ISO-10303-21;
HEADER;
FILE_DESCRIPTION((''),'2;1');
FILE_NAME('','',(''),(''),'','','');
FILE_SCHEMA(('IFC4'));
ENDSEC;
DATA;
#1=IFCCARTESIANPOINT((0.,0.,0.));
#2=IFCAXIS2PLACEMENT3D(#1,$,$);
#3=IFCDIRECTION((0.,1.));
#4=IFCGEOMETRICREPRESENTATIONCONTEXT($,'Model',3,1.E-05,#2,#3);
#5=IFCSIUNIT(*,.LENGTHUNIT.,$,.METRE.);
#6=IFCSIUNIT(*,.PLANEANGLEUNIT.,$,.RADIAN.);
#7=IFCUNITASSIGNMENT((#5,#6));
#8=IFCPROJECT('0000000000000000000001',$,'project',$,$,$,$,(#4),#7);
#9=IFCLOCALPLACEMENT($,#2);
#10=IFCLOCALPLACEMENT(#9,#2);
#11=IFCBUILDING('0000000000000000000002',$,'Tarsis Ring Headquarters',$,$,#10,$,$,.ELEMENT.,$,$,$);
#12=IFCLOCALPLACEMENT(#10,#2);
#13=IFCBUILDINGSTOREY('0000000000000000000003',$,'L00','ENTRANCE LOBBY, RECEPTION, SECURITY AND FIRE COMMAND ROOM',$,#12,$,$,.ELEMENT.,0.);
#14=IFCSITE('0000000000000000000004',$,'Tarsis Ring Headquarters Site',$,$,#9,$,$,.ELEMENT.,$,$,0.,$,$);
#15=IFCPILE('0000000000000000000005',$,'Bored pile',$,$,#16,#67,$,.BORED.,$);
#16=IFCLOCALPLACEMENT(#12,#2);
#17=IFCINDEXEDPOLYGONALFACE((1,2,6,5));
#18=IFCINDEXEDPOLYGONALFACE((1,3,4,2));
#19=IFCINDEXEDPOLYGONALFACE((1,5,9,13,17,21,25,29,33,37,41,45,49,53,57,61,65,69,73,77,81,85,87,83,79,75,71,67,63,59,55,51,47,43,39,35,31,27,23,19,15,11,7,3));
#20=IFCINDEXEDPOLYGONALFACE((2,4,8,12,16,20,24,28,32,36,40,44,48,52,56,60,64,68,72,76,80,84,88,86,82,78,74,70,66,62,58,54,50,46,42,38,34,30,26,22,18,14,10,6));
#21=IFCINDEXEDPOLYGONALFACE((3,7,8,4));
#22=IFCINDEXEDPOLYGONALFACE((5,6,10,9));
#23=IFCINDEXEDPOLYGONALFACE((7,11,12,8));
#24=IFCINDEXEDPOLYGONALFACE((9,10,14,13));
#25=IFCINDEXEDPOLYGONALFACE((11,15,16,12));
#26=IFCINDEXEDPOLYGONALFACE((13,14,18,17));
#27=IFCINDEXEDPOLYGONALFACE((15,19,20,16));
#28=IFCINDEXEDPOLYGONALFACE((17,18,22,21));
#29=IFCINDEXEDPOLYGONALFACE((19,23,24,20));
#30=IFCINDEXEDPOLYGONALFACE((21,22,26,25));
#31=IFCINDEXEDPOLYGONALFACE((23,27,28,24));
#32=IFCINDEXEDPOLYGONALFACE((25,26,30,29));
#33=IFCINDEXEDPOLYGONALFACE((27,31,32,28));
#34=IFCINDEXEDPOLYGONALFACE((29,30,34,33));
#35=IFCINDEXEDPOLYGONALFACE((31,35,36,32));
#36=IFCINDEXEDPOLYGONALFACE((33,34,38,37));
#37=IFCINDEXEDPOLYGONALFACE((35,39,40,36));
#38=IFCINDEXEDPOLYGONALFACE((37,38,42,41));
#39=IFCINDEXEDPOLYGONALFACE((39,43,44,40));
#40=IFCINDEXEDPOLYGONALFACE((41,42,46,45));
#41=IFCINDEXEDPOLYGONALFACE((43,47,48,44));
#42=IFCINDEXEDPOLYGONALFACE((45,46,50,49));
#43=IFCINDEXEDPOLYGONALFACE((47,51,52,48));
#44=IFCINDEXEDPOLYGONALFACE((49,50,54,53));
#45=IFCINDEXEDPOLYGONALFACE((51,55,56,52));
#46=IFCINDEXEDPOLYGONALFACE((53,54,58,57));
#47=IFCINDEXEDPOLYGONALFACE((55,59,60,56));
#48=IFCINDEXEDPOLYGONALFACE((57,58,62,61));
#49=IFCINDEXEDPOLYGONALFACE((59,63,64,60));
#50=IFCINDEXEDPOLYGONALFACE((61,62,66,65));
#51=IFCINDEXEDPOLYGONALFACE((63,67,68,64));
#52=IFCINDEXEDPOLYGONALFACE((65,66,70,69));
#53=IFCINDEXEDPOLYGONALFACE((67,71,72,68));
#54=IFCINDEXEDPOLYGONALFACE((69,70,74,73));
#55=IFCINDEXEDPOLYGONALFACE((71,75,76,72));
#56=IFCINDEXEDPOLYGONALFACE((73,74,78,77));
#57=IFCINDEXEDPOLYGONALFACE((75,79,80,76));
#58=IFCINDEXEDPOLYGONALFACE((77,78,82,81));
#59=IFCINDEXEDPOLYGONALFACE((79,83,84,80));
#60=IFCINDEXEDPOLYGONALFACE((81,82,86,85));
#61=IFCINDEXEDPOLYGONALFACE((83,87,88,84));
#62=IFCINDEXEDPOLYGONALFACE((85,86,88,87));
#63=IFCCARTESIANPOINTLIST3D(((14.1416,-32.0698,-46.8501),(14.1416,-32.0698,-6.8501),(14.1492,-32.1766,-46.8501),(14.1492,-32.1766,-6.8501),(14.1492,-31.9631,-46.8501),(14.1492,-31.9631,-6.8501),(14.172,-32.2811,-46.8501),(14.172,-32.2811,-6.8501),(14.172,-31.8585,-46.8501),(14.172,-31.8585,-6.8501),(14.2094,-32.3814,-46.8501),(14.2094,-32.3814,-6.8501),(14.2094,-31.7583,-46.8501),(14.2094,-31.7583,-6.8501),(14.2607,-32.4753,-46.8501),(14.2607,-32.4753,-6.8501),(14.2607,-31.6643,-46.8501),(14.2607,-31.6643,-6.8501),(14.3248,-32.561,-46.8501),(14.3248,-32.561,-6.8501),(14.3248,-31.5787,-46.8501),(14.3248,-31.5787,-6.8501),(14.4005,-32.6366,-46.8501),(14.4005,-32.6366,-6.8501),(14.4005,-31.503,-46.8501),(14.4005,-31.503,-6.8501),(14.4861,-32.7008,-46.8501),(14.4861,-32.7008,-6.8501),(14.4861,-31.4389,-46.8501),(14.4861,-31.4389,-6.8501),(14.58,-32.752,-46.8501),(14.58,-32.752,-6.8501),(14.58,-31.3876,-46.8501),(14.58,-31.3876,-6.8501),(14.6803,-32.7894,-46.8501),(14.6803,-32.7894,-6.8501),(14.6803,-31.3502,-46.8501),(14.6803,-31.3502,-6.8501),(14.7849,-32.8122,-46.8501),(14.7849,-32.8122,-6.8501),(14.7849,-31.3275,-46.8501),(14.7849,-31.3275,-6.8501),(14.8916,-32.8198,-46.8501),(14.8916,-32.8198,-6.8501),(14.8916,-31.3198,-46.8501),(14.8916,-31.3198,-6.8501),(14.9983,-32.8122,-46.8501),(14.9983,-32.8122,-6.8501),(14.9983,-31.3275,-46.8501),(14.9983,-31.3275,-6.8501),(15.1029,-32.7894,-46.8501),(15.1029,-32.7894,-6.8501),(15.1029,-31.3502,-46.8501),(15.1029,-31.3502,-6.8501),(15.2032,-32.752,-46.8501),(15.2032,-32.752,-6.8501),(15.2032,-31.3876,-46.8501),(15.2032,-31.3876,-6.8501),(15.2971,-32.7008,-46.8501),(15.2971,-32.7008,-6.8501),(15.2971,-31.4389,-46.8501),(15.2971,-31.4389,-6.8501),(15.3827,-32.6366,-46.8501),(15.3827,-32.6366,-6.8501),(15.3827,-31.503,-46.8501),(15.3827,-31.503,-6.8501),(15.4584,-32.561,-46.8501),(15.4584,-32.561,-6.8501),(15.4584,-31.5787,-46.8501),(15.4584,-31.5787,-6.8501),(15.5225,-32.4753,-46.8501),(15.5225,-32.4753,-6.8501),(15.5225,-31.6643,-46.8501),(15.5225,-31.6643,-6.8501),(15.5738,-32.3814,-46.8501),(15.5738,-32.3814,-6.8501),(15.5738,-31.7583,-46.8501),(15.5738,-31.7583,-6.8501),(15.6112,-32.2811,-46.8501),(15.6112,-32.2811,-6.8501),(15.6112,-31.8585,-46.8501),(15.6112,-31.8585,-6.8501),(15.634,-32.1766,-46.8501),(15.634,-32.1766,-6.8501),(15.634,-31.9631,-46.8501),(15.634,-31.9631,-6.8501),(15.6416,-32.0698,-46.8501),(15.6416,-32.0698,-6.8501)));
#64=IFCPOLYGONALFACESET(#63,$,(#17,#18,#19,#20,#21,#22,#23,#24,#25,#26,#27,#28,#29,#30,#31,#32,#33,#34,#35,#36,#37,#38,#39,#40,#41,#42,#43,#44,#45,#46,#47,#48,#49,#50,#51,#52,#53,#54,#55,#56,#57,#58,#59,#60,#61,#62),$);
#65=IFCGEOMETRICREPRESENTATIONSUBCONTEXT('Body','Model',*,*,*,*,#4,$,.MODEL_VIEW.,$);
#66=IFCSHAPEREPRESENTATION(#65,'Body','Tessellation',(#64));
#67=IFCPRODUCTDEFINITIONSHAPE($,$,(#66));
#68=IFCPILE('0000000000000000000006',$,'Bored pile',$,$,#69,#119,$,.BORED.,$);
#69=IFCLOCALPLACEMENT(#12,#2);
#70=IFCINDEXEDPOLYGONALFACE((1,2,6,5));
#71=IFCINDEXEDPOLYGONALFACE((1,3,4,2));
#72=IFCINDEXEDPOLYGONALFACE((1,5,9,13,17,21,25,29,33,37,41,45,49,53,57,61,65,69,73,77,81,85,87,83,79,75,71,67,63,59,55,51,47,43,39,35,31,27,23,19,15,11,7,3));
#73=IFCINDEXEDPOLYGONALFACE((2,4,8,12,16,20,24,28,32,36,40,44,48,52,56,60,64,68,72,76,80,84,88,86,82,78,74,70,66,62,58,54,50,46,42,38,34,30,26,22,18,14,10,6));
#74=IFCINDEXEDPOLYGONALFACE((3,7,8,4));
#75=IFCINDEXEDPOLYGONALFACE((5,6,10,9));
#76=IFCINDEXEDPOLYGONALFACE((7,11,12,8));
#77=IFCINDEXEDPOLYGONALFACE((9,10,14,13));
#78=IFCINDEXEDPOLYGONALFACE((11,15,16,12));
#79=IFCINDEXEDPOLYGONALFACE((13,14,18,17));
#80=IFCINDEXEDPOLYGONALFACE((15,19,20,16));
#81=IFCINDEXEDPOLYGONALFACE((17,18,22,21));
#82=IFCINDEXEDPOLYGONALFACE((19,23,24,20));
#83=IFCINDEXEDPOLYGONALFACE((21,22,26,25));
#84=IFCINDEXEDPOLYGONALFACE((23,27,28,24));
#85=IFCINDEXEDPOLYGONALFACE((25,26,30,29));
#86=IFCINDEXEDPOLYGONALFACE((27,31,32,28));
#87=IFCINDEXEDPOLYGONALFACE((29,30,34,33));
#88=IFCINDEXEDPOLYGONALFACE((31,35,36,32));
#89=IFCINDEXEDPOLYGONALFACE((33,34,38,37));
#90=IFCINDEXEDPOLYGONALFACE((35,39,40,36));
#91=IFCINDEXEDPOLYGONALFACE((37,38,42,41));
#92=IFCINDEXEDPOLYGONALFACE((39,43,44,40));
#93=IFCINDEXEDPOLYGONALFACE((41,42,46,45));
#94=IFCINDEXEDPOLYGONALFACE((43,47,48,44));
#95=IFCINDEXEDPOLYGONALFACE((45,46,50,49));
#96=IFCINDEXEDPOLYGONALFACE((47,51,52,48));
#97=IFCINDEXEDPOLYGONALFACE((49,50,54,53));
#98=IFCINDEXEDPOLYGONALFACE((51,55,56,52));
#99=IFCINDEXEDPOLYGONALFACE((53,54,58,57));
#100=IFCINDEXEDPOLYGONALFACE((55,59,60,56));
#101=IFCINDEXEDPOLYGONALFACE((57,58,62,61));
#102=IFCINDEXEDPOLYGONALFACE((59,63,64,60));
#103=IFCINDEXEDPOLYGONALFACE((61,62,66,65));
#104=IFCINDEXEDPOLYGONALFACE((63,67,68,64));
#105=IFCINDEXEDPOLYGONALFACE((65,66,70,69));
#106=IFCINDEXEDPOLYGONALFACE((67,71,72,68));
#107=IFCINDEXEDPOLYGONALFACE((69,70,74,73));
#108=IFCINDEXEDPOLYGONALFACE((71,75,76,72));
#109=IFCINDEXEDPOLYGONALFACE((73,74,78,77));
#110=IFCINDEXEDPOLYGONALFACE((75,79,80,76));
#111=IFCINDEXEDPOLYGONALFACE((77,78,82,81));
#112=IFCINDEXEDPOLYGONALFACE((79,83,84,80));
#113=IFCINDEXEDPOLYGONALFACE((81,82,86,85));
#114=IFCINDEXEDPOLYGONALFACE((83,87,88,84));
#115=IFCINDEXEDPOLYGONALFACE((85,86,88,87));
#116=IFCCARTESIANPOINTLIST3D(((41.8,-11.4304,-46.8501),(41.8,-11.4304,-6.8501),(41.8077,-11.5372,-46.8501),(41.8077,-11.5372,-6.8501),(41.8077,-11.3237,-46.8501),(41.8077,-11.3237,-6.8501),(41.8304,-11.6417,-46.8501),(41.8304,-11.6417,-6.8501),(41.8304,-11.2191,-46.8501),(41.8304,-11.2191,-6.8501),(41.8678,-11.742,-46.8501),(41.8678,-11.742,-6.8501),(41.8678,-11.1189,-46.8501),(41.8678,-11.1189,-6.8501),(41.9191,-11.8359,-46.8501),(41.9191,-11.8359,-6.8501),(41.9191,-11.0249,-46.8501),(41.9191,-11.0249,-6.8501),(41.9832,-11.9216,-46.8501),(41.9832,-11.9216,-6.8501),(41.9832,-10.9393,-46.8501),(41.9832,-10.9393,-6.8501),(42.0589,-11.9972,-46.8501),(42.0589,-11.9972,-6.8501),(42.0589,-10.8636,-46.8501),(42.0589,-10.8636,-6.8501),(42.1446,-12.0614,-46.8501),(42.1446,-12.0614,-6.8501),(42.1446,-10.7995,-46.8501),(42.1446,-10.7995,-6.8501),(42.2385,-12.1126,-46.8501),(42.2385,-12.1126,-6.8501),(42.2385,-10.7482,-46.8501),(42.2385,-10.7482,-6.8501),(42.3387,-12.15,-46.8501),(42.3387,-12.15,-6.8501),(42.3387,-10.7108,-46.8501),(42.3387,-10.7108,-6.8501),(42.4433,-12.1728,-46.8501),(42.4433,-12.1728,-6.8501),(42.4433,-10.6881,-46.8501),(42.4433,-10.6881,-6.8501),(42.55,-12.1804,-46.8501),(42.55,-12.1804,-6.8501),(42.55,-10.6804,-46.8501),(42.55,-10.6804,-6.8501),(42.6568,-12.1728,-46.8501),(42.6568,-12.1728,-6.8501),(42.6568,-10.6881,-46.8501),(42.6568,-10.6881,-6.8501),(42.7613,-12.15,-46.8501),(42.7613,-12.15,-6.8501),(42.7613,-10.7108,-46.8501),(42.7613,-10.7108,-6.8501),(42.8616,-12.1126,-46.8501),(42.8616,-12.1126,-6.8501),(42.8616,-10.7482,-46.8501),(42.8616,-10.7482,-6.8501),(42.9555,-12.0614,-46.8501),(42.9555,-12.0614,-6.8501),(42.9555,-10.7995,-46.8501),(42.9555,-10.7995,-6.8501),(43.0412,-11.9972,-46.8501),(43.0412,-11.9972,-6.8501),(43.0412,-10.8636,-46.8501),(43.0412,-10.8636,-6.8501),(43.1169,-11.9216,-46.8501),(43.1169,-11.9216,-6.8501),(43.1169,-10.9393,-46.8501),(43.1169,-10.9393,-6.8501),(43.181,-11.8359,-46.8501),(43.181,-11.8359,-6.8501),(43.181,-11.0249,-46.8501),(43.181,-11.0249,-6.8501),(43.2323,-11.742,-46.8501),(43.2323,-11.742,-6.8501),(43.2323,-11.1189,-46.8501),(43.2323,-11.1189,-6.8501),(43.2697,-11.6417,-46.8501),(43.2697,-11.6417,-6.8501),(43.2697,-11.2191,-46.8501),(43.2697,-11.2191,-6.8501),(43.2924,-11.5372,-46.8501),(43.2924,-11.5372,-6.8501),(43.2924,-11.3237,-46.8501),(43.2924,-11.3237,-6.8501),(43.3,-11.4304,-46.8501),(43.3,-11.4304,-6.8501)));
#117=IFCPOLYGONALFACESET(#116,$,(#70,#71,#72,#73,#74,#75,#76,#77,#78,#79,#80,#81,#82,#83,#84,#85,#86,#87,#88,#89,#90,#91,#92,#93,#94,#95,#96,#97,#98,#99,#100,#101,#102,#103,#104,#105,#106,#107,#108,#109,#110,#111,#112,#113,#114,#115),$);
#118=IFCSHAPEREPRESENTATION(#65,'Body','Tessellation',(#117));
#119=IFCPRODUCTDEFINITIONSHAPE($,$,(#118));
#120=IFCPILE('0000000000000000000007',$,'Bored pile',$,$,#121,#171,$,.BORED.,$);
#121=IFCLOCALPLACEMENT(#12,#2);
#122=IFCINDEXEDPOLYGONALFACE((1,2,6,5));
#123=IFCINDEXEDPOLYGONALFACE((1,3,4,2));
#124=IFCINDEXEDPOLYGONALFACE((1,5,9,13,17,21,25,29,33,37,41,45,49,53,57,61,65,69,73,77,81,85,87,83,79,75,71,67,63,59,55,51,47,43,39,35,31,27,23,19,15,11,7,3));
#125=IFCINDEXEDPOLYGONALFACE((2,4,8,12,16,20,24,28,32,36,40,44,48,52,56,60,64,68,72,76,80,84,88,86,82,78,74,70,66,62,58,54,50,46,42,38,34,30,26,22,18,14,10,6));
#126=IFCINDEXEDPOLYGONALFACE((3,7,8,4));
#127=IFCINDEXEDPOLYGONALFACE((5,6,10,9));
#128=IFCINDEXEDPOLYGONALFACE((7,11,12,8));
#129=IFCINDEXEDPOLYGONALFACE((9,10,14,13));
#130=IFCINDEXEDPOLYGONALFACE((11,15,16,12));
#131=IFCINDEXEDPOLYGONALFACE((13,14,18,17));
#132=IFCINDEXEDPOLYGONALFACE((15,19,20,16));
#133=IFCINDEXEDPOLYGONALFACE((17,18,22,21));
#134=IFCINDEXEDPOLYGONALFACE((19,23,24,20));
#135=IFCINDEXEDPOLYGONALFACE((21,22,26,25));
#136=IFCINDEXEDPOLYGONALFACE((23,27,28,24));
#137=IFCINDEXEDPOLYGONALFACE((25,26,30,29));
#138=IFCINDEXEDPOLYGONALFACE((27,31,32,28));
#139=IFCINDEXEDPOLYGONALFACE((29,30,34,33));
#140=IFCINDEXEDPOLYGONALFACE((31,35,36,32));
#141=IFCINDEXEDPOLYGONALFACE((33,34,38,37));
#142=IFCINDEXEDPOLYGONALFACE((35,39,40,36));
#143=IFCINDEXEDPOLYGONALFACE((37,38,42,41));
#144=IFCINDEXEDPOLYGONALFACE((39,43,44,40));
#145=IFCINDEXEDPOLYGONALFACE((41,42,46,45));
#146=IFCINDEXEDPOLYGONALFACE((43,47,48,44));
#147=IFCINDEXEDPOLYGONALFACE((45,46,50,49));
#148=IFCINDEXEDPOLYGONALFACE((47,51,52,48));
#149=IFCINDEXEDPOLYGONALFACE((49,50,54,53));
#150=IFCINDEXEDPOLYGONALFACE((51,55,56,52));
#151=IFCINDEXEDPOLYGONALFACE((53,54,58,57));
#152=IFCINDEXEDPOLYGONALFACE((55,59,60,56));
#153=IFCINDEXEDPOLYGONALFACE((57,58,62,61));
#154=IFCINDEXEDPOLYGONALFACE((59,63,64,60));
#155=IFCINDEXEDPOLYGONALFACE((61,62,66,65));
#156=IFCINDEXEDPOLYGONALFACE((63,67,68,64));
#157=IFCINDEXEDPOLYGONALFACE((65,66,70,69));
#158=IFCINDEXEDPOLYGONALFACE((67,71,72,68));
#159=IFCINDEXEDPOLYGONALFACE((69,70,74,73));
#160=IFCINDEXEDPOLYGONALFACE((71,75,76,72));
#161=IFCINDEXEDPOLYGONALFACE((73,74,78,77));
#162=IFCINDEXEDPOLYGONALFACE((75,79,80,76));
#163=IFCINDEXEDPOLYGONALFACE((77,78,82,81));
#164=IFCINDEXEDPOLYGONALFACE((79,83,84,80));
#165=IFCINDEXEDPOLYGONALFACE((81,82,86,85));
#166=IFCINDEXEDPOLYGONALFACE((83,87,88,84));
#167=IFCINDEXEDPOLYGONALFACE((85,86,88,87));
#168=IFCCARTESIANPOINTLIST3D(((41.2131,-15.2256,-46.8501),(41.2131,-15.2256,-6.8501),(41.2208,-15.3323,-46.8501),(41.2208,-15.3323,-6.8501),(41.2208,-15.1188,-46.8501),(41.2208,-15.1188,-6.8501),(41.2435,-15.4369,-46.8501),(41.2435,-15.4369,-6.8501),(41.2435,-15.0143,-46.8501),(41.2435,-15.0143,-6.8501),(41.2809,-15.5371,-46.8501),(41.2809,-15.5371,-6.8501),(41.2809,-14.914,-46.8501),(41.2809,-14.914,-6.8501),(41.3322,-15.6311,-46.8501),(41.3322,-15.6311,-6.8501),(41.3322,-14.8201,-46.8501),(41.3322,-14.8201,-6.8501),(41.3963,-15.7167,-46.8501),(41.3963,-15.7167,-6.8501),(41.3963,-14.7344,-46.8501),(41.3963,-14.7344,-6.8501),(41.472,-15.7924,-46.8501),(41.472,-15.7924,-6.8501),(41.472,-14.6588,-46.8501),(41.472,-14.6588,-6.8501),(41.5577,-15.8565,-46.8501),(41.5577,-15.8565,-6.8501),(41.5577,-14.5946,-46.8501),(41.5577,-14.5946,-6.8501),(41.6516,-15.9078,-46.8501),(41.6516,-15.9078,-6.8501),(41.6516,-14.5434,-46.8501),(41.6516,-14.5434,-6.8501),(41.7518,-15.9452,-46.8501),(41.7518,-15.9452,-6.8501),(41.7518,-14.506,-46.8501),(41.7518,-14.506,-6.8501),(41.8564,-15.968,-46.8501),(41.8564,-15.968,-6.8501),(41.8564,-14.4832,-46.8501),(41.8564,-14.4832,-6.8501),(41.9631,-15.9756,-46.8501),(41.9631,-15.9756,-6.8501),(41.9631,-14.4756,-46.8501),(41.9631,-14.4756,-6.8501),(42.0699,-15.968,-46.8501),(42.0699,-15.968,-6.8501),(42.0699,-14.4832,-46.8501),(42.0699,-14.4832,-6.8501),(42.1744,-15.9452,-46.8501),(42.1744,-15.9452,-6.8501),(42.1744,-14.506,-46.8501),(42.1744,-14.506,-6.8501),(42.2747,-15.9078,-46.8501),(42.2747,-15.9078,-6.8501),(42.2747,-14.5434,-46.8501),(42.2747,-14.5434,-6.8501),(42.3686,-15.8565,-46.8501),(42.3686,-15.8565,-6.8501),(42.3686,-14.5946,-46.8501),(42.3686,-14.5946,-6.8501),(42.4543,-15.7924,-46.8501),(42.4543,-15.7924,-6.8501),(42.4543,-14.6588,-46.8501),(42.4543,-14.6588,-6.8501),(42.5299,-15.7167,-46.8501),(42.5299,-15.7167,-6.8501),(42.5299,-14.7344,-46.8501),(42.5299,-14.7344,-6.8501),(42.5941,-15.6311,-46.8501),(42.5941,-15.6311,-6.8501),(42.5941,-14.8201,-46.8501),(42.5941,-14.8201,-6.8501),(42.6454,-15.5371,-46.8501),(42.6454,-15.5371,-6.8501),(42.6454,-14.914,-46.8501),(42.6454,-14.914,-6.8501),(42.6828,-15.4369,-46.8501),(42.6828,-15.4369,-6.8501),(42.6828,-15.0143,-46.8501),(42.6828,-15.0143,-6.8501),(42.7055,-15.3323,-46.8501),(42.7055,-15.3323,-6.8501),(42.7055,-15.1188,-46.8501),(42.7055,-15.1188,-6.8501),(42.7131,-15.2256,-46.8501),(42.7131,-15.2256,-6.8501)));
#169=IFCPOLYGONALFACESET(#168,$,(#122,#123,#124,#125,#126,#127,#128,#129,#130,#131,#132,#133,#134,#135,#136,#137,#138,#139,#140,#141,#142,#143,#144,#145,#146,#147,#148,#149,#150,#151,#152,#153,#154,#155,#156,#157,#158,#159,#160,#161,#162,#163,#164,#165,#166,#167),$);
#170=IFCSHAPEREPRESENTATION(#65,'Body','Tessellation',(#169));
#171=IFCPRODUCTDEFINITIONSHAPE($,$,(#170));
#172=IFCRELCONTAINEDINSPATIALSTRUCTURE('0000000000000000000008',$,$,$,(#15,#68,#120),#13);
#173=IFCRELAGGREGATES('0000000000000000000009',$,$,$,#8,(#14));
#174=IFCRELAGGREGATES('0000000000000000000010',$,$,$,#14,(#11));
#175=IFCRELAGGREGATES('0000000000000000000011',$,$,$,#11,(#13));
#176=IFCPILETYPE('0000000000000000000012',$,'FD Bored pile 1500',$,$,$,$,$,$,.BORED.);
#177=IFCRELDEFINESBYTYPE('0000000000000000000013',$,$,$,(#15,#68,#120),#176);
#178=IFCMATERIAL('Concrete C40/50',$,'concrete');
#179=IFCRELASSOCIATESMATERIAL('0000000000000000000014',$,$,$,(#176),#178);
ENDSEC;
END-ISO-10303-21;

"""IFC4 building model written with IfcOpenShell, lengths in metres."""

from ifc_helpers import new_model, si_unit, direction, frame, origin, origin_2d, place, context, subcontext, project, spatial, circle, extrude, material, material_profile, profile_set, type_object, element, save


model = new_model("IFC4")

# Units and contexts
model_context = context("Model", 3, precision=1e-05, world=origin(), true_north=direction((0.0, 1.0)))
body_context = subcontext(model_context, "Body", "Model", "MODEL_VIEW")
ifc_project = project(units=[si_unit("LENGTHUNIT", "METRE"), si_unit("PLANEANGLEUNIT", "RADIAN")], contexts=[model_context])

# Site, building, storey
site_placement = place(None, origin())
site = spatial("IfcSite", under=ifc_project, at=site_placement, Name="Tarsis Ring Headquarters Site", CompositionType="ELEMENT", RefElevation=0.0)
building_placement = place(site_placement, origin())
building = spatial("IfcBuilding", under=site, at=building_placement, Name="Tarsis Ring Headquarters", CompositionType="ELEMENT")
storey_placement = place(building_placement, origin())
storey = spatial("IfcBuildingStorey", under=building, at=storey_placement, Name="L00", Description="ENTRANCE LOBBY, RECEPTION, SECURITY AND FIRE COMMAND ROOM", CompositionType="ELEMENT", Elevation=0.0)

# Piles
ifc_material_1 = material(Name="Concrete C40/50", Category="concrete")
ifc_material_profile_1 = material_profile(ifc_material_1, circle(Radius=0.75, at=origin_2d()), Name="BORED 1500")
ifc_profile_set_1 = profile_set([ifc_material_profile_1], Name="Concrete C40/50")
pile_type_1 = type_object("IfcPileType", Name="FD Bored pile 1500", PredefinedType="BORED", material=ifc_profile_set_1)
for number, where, z_axis, x_axis, name in (
    (1, (14.8916, -32.0698, -6.8501), (0.0, 0.0, -1.0), (1.0, 0.0, 0.0), "Bored pile"),
    (2, (42.55, -11.4304, -6.8501), (0.0, 0.0, -1.0), (1.0, 0.0, 0.0), "Bored pile"),
    (3, (41.9631, -15.2256, -6.8501), (0.0, 0.0, -1.0), (1.0, 0.0, 0.0), "Bored pile"),
):
    element("IfcPile", number, at=place(storey_placement, frame(where, z_axis=z_axis, x_axis=x_axis)), inside=storey, type_object=pile_type_1, Name=name, PredefinedType="BORED", context=body_context, shape_type="SweptSolid", body=[
        extrude(circle(Radius=0.75, at=origin_2d()), origin(), (0.0, 0.0, 1.0), 40.0),
    ])

save(model, "model.ifc")
